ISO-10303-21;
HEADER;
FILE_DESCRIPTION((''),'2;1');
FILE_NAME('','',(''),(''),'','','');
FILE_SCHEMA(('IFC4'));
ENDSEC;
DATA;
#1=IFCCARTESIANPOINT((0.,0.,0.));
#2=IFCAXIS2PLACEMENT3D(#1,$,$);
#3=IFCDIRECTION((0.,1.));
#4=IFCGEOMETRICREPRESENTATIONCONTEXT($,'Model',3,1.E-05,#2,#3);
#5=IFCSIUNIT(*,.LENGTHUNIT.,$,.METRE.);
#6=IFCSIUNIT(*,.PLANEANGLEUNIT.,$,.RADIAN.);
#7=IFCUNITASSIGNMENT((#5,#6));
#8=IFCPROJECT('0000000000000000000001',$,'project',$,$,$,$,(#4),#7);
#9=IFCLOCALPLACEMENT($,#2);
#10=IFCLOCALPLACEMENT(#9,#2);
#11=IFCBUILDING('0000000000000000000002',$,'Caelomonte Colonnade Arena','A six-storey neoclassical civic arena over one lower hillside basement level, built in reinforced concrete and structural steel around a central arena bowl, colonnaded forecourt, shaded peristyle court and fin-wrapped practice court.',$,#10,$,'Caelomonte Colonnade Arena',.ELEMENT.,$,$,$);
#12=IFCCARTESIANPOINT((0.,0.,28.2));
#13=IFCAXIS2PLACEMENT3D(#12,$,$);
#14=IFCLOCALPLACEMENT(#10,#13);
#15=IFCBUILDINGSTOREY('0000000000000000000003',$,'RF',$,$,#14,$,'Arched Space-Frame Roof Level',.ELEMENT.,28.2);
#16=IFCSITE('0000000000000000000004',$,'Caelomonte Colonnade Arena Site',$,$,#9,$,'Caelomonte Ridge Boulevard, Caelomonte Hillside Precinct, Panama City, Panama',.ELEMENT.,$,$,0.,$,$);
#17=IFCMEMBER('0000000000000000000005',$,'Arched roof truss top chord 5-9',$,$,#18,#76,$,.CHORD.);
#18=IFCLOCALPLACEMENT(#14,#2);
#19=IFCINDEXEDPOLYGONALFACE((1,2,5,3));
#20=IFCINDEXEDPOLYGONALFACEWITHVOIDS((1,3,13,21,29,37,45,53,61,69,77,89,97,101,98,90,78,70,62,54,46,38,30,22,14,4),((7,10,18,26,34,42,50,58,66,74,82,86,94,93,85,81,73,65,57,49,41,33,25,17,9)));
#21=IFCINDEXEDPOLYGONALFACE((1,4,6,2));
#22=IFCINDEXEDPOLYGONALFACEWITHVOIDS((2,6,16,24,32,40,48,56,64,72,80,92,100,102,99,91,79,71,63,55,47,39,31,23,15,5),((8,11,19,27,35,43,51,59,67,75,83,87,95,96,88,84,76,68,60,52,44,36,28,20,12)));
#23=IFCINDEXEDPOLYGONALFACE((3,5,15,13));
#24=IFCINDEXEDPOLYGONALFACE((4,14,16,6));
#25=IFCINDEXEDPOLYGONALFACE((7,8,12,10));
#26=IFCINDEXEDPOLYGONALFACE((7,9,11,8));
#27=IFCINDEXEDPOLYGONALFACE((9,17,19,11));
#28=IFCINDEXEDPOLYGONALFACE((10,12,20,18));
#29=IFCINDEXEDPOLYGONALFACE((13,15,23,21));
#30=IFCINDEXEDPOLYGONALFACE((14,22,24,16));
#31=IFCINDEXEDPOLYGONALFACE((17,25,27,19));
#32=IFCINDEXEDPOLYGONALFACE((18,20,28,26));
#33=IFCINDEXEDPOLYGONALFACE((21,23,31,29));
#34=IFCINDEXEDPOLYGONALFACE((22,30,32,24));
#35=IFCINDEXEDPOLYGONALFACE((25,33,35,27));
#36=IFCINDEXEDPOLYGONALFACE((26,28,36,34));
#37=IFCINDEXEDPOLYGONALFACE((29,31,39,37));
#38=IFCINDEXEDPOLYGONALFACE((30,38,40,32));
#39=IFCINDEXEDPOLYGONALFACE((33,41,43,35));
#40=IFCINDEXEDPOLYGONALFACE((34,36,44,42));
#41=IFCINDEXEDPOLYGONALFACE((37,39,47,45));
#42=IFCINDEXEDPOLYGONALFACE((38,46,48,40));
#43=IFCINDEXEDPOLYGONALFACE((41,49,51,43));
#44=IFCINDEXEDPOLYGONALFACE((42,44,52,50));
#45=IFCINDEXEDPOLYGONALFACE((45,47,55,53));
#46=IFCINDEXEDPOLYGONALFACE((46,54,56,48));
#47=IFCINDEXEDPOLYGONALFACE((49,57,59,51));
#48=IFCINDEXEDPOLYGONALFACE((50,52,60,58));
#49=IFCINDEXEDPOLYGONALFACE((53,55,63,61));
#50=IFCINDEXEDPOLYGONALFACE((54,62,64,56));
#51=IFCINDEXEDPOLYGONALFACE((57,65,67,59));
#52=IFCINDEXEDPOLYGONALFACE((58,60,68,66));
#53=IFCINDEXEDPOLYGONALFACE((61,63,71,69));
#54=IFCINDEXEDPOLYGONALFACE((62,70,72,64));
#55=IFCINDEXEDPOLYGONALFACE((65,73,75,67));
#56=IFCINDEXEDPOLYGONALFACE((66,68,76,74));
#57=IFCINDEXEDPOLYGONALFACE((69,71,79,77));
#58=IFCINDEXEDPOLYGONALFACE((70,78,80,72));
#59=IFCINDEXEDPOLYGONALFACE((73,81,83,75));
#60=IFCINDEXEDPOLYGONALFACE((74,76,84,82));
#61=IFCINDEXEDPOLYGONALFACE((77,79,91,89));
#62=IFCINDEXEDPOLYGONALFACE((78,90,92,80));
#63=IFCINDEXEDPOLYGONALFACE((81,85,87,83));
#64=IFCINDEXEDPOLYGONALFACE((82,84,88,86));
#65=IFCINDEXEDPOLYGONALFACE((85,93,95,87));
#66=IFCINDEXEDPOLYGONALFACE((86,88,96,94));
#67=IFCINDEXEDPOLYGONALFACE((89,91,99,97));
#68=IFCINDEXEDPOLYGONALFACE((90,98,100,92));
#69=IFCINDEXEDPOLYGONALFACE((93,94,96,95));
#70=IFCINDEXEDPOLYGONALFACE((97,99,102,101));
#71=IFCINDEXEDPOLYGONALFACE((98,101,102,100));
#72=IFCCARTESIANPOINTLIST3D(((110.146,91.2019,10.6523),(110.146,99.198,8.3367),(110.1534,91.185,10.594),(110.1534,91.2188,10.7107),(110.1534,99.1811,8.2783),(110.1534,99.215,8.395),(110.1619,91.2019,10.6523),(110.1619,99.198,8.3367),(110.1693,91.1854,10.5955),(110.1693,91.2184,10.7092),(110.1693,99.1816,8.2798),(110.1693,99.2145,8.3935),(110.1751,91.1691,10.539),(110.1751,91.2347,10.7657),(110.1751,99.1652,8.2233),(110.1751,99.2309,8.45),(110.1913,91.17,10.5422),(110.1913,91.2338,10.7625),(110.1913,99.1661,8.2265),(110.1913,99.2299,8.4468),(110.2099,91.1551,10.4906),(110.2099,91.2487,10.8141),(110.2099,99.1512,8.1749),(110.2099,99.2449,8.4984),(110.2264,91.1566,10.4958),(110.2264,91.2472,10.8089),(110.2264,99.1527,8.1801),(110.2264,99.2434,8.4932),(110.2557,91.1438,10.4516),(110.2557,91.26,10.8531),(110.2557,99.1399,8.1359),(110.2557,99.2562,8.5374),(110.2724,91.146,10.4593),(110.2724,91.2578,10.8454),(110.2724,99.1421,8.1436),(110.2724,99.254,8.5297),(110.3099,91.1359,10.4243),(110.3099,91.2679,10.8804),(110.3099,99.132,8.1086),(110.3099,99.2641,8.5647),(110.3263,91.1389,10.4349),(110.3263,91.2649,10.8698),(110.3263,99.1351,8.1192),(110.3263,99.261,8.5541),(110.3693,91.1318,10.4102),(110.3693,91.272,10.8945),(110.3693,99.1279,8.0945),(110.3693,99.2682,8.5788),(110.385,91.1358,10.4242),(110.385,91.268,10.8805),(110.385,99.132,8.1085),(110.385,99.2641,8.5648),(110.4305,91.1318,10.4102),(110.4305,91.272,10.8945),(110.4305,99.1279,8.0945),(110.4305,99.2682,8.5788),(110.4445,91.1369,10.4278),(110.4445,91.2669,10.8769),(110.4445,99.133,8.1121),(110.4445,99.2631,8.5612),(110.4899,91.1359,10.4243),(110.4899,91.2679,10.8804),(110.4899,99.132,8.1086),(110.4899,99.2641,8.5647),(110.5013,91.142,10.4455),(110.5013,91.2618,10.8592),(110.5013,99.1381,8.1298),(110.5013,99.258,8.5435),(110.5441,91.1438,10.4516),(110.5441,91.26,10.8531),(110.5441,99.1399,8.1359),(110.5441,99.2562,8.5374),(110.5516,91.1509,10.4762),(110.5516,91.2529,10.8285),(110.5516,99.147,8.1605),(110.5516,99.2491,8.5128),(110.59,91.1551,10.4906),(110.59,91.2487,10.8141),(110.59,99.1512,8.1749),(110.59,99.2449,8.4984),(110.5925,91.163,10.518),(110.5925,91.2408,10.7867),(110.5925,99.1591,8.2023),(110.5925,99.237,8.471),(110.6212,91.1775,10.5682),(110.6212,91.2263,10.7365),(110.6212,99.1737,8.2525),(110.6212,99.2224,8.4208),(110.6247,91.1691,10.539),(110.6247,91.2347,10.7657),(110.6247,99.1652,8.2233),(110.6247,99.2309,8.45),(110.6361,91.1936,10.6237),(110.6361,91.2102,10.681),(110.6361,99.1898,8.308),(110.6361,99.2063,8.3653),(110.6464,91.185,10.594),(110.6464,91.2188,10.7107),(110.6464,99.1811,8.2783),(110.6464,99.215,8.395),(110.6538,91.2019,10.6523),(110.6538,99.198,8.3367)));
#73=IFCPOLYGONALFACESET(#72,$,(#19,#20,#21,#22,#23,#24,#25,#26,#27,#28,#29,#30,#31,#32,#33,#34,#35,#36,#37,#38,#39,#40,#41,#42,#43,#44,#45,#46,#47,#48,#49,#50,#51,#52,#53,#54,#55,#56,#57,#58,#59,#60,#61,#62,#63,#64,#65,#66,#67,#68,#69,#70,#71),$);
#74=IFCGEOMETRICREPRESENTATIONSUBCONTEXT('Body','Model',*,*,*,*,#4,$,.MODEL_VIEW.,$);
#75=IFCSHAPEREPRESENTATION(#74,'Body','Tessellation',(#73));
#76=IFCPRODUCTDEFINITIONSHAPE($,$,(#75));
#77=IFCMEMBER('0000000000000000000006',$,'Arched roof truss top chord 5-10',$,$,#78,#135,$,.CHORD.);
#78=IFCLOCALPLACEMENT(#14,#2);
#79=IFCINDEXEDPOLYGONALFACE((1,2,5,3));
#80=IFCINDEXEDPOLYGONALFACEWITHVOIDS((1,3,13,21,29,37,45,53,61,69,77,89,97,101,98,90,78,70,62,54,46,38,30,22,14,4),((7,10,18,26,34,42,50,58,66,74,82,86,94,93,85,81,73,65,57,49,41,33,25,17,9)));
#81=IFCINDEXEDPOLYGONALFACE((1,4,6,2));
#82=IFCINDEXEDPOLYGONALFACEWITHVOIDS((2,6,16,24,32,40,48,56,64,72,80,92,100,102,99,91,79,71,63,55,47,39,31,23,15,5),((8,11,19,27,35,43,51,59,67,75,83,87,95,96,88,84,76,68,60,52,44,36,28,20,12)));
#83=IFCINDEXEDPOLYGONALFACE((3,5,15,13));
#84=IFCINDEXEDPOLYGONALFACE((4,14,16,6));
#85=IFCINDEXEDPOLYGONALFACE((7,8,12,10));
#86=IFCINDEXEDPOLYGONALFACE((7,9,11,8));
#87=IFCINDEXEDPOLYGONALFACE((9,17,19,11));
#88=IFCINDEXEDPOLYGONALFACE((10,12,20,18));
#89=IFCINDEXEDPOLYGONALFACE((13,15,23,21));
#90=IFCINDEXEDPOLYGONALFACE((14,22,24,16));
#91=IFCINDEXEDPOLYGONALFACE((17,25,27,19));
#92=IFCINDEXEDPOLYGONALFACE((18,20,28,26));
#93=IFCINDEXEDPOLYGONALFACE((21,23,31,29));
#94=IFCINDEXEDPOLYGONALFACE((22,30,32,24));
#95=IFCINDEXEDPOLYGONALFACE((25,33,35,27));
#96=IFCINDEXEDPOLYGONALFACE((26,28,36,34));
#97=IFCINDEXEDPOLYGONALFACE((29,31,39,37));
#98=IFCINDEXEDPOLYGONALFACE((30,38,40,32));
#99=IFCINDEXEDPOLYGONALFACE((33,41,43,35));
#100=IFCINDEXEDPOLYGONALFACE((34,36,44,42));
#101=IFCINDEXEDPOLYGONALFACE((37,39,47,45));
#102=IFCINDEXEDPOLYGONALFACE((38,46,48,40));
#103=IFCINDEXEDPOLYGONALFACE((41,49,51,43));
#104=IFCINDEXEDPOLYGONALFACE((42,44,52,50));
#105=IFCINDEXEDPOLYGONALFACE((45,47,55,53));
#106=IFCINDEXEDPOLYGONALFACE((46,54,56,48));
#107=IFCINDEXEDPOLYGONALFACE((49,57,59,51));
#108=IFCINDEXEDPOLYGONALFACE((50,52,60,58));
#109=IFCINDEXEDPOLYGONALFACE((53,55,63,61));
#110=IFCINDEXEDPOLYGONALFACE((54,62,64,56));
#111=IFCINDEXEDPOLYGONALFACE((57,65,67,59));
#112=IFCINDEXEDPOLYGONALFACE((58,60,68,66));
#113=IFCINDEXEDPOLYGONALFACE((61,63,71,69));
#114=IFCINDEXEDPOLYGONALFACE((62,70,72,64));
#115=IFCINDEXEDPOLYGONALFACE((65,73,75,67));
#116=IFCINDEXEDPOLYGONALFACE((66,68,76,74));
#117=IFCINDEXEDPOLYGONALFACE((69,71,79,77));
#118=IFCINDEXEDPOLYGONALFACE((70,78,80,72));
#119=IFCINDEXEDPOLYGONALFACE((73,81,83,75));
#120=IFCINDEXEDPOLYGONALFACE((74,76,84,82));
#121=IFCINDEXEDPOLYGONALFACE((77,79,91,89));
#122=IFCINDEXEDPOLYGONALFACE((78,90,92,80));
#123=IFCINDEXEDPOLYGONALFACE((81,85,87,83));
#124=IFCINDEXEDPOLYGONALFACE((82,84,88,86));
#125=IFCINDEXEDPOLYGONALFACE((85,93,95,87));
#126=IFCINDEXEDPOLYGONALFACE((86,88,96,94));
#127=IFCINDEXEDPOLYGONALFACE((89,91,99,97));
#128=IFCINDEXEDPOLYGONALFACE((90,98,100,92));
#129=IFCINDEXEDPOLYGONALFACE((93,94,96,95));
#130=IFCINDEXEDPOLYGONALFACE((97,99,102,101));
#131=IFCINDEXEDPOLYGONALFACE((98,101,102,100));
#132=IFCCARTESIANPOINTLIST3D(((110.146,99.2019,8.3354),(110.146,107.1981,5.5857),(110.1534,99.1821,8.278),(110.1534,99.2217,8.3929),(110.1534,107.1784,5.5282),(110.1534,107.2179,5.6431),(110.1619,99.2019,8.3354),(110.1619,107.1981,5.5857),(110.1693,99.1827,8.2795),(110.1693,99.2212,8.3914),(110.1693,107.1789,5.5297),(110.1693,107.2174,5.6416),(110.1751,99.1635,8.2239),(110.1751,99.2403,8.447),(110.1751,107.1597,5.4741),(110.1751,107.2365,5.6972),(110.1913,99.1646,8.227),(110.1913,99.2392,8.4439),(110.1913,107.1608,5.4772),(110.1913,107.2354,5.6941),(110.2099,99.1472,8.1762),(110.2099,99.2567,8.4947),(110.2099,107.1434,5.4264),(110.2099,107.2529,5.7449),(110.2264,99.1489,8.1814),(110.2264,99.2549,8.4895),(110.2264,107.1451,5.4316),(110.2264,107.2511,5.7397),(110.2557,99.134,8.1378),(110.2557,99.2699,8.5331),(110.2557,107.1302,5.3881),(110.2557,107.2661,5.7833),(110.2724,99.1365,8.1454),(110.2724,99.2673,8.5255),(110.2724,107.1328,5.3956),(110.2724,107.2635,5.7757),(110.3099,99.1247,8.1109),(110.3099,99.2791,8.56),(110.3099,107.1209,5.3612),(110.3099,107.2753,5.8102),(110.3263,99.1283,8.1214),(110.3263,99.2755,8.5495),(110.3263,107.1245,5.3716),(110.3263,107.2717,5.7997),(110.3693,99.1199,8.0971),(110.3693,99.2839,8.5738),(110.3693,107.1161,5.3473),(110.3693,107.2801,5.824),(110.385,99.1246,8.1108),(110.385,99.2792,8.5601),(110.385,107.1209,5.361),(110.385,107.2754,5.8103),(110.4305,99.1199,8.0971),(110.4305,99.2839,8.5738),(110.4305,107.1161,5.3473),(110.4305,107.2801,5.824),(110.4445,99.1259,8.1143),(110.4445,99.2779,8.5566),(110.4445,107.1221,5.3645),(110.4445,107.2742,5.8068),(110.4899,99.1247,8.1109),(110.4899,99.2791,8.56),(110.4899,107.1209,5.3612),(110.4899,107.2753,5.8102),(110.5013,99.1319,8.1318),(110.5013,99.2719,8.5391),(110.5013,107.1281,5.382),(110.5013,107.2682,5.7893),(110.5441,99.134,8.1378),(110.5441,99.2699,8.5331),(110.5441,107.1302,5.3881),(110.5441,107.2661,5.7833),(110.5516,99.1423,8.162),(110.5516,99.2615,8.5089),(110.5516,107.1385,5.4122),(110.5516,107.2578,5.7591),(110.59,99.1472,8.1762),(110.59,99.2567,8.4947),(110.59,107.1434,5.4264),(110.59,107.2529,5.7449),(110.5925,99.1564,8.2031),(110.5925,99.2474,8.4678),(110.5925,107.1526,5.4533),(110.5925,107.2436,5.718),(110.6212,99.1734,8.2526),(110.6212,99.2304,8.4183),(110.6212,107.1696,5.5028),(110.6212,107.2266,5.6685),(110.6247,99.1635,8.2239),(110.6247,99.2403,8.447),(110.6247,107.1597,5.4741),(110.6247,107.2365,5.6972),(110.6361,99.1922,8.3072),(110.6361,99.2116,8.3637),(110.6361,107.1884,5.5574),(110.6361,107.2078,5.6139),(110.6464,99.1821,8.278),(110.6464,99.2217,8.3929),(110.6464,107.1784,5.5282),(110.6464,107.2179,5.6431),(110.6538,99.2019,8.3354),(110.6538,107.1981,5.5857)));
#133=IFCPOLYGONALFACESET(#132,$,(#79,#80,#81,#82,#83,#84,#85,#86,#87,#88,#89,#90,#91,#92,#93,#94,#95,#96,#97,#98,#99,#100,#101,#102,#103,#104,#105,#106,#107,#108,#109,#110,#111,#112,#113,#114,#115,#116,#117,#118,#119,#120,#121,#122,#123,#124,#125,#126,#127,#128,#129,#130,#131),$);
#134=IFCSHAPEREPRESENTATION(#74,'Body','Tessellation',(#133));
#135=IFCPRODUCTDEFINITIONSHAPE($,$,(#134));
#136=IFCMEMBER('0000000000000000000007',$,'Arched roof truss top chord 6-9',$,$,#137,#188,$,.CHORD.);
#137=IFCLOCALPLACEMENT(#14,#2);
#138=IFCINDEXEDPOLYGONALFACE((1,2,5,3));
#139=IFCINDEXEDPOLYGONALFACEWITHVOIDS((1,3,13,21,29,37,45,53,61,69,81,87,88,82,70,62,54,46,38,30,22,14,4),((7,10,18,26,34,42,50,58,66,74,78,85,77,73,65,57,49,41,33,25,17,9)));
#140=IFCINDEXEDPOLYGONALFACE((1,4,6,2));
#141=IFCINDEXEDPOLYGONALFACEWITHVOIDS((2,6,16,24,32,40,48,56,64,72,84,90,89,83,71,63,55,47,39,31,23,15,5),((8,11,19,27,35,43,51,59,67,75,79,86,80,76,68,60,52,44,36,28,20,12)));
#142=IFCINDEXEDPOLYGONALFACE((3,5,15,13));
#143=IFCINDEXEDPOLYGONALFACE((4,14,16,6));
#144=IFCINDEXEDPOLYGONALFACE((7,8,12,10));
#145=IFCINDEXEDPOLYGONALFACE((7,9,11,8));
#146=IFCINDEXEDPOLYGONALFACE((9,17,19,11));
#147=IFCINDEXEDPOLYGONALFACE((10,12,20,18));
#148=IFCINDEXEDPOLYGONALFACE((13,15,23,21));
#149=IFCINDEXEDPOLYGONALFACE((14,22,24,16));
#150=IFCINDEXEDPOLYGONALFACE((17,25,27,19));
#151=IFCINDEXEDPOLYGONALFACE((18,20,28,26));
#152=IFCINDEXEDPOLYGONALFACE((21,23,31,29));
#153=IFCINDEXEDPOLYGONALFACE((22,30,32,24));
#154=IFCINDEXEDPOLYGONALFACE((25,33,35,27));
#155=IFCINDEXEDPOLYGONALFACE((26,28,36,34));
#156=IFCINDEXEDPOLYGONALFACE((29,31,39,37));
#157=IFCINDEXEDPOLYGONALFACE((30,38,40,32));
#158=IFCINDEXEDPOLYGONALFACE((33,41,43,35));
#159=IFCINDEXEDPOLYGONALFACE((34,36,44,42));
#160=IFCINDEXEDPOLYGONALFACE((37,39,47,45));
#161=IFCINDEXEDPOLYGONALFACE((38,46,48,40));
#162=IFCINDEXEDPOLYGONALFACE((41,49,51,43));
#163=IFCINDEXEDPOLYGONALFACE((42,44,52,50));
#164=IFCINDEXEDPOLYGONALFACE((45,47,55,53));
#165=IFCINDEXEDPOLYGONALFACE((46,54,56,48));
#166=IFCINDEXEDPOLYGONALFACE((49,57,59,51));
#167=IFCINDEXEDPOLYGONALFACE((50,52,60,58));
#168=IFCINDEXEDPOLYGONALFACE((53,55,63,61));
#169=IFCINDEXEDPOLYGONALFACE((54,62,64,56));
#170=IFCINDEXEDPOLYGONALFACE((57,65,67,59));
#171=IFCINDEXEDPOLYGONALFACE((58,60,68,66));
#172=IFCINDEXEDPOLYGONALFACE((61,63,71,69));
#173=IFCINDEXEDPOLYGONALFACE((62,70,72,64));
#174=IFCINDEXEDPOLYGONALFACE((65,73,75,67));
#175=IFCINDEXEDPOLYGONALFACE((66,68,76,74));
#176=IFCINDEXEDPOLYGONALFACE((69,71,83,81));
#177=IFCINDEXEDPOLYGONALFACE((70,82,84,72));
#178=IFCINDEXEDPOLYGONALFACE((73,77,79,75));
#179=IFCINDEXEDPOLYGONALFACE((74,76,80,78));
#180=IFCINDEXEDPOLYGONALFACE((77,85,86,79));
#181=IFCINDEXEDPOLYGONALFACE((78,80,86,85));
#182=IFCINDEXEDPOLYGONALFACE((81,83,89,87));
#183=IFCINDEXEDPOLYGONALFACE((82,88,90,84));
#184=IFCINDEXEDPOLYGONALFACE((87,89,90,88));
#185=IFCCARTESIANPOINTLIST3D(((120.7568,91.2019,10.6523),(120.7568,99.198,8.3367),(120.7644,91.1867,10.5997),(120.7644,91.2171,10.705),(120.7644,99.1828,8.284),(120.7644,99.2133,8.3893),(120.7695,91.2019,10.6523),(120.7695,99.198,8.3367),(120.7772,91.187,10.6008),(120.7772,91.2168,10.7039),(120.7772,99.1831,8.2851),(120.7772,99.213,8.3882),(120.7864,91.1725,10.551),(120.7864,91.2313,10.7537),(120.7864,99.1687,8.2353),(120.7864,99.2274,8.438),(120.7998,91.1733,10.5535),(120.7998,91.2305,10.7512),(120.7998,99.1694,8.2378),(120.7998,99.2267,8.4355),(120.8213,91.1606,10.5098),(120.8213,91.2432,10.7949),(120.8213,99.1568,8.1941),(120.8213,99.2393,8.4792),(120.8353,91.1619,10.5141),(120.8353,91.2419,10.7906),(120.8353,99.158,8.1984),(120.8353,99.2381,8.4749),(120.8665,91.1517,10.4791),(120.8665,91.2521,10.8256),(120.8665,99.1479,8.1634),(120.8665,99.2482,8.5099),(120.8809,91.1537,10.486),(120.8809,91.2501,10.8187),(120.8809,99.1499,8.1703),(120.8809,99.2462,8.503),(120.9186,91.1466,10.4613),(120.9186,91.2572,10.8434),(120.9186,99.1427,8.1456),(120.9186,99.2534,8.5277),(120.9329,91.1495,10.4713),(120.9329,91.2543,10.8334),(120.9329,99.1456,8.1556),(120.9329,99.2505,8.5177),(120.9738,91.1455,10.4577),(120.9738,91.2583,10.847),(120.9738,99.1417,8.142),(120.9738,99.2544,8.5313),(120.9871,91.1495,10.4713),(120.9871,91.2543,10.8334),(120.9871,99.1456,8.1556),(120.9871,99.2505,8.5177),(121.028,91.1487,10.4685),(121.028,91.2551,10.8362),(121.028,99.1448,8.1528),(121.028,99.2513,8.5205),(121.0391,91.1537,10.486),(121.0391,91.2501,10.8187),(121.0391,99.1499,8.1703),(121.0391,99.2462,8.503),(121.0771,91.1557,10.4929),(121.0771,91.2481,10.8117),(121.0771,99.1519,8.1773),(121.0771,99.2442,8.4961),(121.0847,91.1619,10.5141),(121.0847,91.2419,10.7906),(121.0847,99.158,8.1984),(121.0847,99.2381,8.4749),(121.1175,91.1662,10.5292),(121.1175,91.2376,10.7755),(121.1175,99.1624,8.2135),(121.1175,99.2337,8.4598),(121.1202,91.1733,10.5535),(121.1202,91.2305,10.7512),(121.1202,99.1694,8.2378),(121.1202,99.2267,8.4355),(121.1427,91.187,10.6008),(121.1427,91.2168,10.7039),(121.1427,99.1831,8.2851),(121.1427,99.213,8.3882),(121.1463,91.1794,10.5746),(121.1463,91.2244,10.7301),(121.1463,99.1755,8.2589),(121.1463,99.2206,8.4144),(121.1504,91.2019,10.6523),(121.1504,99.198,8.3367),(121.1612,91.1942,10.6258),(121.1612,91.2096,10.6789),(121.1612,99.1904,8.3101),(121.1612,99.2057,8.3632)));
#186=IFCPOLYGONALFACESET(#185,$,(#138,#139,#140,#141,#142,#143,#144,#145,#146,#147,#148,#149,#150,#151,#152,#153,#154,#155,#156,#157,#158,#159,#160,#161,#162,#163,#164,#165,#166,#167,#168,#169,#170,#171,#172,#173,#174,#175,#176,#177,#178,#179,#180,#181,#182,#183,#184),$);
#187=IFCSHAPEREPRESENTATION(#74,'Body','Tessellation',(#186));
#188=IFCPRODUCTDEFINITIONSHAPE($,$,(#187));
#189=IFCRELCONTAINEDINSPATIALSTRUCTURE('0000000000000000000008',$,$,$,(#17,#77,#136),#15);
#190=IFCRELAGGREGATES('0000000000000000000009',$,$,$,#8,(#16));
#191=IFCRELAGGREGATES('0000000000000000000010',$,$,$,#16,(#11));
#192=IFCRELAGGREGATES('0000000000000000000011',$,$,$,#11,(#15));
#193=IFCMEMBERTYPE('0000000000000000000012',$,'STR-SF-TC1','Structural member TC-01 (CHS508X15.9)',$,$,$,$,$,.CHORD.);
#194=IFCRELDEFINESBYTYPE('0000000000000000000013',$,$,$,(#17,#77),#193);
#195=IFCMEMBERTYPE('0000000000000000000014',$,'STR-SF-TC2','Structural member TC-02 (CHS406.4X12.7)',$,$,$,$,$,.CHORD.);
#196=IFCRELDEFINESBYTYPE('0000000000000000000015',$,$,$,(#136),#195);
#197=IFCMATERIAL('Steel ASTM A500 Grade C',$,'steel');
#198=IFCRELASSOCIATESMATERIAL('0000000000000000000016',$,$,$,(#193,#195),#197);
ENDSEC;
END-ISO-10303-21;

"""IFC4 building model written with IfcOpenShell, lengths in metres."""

from ifc_helpers import new_model, si_unit, direction, frame, origin, origin_2d, place, context, subcontext, project, spatial, hollow_circle, extrude, material, material_profile, profile_set, type_object, element, save


model = new_model("IFC4")

# Units and contexts
model_context = context("Model", 3, precision=1e-05, world=origin(), true_north=direction((0.0, 1.0)))
body_context = subcontext(model_context, "Body", "Model", "MODEL_VIEW")
ifc_project = project(units=[si_unit("LENGTHUNIT", "METRE"), si_unit("PLANEANGLEUNIT", "RADIAN")], contexts=[model_context])

# Site, building, storey
site_placement = place(None, origin())
site = spatial("IfcSite", under=ifc_project, at=site_placement, Name="Caelomonte Colonnade Arena Site", LongName="Caelomonte Ridge Boulevard, Caelomonte Hillside Precinct, Panama City, Panama", CompositionType="ELEMENT", RefElevation=0.0)
building_placement = place(site_placement, origin())
building = spatial("IfcBuilding", under=site, at=building_placement, Name="Caelomonte Colonnade Arena", Description="A six-storey neoclassical civic arena over one lower hillside basement level, built in reinforced concrete and structural steel around a central arena bowl, colonnaded forecourt, shaded peristyle court and fin-wrapped practice court.", LongName="Caelomonte Colonnade Arena", CompositionType="ELEMENT")
storey_placement = place(building_placement, frame((0.0, 0.0, 28.2)))
storey = spatial("IfcBuildingStorey", under=building, at=storey_placement, Name="RF", LongName="Arched Space-Frame Roof Level", CompositionType="ELEMENT", Elevation=28.2)

# Members
ifc_material_1 = material(Name="Steel ASTM A500 Grade C", Category="steel")
ifc_material_profile_1 = material_profile(ifc_material_1, hollow_circle(Radius=0.2539, WallThickness=0.0159, at=origin_2d()), Name="CHS508X15.9")
ifc_profile_set_1 = profile_set([ifc_material_profile_1], Name="Steel ASTM A500 Grade C")
member_type_1 = type_object("IfcMemberType", Name="STR-SF-TC1", Description="Structural member TC-01 (CHS508X15.9)", PredefinedType="CHORD", material=ifc_profile_set_1)
member_1_placement = place(storey_placement, frame((110.3999, 91.2019, 10.6523), z_axis=(0.0, 0.960532, -0.278171), x_axis=(-1.0, 0.0, 0.0)))
element("IfcMember", 1, at=member_1_placement, inside=storey, type_object=member_type_1, Name="Arched roof truss top chord 5-9", PredefinedType="CHORD", context=body_context, shape_type="SweptSolid", body=[
    extrude(hollow_circle(Radius=0.2539, WallThickness=0.0159, at=origin_2d()), origin(), (0.0, 0.0, 1.0), 8.3247),
])
member_2_placement = place(storey_placement, frame((110.3999, 99.2019, 8.3354), z_axis=(0.0, 0.945647, -0.325196), x_axis=(-1.0, 0.0, 0.0)))
element("IfcMember", 2, at=member_2_placement, inside=storey, type_object=member_type_1, Name="Arched roof truss top chord 5-10", PredefinedType="CHORD", context=body_context, shape_type="SweptSolid", body=[
    extrude(hollow_circle(Radius=0.2539, WallThickness=0.0159, at=origin_2d()), origin(), (0.0, 0.0, 1.0), 8.4558),
])
ifc_material_profile_2 = material_profile(ifc_material_1, hollow_circle(Radius=0.2031, WallThickness=0.0127, at=origin_2d()), Name="CHS406.4X12.7")
ifc_profile_set_2 = profile_set([ifc_material_profile_2], Name="Steel ASTM A500 Grade C")
member_type_2 = type_object("IfcMemberType", Name="STR-SF-TC2", Description="Structural member TC-02 (CHS406.4X12.7)", PredefinedType="CHORD", material=ifc_profile_set_2)
member_3_placement = place(storey_placement, frame((120.96, 91.2019, 10.6523), z_axis=(0.0, 0.960532, -0.278171), x_axis=(-1.0, 0.0, 0.0)))
element("IfcMember", 3, at=member_3_placement, inside=storey, type_object=member_type_2, Name="Arched roof truss top chord 6-9", PredefinedType="CHORD", context=body_context, shape_type="SweptSolid", body=[
    extrude(hollow_circle(Radius=0.2031, WallThickness=0.0127, at=origin_2d()), origin(), (0.0, 0.0, 1.0), 8.3247),
])

save(model, "model.ifc")
